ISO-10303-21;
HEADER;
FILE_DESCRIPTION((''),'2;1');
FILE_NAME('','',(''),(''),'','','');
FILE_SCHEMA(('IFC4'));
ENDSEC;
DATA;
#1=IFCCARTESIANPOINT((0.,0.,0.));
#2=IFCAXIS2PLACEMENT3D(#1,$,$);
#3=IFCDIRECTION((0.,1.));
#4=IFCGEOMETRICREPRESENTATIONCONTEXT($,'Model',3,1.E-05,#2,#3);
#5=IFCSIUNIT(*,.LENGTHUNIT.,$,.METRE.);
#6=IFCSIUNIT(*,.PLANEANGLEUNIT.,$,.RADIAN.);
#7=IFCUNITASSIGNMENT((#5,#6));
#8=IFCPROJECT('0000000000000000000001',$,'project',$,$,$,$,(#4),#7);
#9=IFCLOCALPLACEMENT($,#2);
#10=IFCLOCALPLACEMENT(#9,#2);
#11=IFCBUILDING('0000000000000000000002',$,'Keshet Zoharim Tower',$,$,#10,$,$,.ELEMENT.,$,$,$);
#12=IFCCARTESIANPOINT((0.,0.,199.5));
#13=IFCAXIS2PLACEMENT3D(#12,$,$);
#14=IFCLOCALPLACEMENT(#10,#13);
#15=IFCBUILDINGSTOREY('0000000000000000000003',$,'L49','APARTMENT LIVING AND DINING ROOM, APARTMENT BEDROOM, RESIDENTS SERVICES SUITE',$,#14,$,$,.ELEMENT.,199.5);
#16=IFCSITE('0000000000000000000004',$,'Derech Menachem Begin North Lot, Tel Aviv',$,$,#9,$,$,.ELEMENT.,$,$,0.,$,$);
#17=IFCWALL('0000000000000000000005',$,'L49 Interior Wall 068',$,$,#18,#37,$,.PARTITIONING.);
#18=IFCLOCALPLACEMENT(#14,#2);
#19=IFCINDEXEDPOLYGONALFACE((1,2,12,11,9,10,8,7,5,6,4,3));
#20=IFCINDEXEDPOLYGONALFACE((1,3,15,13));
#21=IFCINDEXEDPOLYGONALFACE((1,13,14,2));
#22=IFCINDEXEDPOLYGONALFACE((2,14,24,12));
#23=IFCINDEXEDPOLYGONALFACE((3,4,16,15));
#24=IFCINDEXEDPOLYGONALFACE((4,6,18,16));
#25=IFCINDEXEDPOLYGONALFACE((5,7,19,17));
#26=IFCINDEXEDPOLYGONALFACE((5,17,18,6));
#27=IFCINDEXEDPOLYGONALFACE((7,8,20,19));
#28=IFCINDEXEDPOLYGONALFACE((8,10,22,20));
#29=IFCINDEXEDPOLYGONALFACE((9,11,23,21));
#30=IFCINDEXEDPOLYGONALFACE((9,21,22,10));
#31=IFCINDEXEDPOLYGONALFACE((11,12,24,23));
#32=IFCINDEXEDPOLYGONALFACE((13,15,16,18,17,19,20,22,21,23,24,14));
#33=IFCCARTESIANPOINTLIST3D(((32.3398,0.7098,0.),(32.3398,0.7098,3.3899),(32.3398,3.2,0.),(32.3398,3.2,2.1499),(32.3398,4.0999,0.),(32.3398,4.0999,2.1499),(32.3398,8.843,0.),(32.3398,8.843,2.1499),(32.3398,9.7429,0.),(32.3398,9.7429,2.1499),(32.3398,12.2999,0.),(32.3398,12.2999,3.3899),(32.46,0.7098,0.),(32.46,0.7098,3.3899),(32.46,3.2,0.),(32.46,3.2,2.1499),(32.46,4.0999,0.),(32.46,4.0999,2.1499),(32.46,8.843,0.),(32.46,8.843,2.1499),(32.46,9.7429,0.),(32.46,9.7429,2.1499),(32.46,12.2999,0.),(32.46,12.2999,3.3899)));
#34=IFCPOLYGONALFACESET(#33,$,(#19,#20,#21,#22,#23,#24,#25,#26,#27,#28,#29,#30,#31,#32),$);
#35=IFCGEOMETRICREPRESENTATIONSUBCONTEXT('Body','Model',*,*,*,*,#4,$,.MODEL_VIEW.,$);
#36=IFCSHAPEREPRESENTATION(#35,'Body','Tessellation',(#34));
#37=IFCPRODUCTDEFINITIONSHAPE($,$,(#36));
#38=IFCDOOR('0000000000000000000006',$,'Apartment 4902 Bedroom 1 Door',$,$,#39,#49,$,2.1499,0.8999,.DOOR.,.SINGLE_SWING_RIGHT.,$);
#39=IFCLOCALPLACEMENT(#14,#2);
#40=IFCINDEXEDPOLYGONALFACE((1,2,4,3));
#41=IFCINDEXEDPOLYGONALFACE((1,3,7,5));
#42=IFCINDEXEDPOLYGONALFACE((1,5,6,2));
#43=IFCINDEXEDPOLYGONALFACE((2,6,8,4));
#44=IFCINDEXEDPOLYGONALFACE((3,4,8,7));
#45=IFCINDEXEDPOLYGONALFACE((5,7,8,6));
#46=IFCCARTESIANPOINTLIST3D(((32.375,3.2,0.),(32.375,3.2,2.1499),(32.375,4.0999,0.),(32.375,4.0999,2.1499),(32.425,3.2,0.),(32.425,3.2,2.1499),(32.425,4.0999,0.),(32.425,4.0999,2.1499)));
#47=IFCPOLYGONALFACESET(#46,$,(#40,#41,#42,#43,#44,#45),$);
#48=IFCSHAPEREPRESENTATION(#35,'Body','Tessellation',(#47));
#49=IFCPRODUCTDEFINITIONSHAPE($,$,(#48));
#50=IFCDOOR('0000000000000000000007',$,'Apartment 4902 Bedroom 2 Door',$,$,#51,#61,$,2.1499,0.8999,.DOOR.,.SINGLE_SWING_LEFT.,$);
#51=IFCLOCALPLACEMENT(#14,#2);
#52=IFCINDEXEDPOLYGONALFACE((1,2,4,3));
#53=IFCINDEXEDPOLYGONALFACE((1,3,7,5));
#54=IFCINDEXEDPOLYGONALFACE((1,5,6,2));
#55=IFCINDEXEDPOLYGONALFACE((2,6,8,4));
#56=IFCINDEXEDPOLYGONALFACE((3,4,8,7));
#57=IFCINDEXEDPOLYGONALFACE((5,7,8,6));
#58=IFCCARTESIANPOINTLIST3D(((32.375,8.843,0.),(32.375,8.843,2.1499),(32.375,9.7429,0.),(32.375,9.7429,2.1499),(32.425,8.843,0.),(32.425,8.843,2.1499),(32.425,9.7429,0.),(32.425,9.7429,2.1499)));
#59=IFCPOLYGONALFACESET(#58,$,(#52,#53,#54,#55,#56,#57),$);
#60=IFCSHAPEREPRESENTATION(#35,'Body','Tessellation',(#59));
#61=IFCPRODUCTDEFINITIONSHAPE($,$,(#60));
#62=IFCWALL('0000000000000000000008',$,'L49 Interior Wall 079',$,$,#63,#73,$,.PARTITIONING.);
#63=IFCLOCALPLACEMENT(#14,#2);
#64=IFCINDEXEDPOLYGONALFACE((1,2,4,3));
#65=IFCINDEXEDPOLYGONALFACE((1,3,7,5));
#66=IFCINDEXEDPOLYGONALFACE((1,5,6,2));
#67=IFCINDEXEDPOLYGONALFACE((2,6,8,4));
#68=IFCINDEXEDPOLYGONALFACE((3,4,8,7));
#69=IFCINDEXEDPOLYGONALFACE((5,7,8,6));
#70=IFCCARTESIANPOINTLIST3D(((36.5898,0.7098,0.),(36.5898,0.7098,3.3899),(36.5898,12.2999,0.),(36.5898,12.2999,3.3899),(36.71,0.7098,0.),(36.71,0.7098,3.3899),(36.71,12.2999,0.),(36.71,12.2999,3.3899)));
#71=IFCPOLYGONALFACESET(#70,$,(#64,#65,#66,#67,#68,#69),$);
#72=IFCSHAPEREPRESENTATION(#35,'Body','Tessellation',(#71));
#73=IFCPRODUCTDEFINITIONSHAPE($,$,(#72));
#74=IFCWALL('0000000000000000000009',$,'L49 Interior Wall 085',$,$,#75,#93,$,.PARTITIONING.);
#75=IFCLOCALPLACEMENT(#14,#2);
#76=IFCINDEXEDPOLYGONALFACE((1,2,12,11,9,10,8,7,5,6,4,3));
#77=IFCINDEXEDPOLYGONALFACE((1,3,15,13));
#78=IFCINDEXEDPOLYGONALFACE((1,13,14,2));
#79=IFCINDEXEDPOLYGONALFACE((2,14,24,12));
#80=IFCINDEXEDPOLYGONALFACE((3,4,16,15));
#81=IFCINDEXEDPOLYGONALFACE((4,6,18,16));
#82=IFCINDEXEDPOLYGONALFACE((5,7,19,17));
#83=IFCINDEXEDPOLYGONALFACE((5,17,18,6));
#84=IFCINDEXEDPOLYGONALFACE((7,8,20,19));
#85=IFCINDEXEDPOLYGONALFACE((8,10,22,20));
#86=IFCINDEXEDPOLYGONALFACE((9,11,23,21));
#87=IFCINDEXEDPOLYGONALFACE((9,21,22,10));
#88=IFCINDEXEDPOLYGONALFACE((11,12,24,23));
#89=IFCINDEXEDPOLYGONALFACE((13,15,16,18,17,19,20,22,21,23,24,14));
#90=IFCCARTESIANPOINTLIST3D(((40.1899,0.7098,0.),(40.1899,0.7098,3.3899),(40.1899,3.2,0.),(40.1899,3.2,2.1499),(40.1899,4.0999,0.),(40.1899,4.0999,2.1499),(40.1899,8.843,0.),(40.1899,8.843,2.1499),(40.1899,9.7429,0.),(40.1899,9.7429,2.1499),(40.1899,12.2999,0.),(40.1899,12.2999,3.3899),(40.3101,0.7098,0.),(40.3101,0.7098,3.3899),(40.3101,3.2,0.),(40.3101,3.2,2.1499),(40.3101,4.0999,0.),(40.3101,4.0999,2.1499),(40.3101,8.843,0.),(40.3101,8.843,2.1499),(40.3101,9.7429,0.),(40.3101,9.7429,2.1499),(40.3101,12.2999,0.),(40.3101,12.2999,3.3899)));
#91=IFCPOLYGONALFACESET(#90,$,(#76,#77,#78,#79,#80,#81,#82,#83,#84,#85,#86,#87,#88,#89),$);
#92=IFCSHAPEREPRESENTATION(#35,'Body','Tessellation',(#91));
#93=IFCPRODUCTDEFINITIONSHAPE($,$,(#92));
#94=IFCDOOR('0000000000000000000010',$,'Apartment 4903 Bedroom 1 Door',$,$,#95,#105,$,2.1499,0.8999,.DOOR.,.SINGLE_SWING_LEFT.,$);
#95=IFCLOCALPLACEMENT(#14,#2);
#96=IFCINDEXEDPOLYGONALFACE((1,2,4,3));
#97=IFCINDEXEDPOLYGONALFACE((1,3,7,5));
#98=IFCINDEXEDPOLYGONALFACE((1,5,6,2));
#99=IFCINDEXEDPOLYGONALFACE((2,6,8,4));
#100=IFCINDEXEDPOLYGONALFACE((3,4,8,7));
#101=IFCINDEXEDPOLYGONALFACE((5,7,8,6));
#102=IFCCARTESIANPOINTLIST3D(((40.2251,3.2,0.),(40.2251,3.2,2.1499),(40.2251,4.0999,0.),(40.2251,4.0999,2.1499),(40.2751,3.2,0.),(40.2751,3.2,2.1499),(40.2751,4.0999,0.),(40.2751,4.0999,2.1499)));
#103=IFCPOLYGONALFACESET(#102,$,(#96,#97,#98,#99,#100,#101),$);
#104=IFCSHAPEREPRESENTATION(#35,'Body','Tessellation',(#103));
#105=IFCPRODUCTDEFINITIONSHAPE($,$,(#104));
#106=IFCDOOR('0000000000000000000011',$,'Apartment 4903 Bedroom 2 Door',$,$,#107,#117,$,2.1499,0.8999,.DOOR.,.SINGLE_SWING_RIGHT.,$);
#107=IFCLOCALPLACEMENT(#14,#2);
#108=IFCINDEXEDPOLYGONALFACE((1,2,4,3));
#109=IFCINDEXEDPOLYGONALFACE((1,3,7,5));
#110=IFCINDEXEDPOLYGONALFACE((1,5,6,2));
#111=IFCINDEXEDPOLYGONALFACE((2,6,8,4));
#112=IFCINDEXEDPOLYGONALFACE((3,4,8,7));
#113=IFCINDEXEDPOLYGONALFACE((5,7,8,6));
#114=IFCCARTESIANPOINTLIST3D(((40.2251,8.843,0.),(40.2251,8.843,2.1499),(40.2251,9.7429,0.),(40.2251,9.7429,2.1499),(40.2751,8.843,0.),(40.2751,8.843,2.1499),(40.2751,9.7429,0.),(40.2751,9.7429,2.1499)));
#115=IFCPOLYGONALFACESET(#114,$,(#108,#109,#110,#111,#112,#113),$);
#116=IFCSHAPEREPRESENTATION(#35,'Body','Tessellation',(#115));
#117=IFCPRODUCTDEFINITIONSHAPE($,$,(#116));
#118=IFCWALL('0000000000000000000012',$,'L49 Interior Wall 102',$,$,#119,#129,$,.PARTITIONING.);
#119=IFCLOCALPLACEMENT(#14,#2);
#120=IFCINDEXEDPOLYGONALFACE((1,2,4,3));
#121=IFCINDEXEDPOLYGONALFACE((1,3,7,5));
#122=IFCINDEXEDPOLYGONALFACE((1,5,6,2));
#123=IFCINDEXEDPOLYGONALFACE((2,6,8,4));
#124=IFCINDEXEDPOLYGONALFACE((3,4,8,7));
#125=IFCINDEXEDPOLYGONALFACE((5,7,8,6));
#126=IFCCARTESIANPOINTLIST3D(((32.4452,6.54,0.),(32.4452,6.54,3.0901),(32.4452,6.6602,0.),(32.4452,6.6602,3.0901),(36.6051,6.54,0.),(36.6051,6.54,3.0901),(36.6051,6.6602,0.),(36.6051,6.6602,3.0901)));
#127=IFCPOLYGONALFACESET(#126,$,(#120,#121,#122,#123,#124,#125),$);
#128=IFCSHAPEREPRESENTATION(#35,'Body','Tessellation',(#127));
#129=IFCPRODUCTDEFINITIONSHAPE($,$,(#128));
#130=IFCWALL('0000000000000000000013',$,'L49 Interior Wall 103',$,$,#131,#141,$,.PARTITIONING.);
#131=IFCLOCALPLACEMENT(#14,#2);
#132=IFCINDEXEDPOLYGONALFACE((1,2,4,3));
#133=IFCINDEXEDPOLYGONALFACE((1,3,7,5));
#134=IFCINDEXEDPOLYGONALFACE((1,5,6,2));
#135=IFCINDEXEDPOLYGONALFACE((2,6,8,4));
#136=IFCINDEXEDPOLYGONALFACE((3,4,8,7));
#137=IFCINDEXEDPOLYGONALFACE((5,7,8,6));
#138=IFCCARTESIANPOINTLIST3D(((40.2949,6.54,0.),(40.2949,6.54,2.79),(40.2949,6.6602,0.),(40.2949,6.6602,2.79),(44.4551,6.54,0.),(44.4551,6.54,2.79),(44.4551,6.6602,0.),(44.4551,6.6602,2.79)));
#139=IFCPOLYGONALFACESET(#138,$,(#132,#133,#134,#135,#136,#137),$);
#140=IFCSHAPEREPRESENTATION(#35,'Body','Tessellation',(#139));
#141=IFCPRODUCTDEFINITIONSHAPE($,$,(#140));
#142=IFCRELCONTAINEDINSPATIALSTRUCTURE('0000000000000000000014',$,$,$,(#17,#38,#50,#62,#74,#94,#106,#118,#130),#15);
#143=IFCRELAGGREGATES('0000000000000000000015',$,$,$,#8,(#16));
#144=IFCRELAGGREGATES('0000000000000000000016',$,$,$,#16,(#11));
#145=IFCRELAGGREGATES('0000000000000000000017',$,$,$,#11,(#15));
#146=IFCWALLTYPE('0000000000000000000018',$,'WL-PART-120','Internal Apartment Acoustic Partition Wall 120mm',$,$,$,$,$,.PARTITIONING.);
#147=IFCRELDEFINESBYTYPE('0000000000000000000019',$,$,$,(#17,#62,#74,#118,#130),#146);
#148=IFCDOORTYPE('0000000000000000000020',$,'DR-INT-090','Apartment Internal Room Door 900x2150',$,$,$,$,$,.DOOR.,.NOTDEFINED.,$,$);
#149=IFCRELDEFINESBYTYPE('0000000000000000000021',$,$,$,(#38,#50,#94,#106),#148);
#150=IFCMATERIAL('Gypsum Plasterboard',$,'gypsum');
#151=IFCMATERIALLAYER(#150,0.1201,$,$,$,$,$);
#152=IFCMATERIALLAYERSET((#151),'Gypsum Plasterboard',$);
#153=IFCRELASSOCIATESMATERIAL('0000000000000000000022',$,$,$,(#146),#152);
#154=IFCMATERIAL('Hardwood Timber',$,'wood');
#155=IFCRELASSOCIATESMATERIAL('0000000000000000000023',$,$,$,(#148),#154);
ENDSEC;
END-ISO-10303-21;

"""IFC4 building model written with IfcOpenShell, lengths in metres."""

from ifc_helpers import new_model, si_unit, direction, frame, frame_2d, origin, place, context, subcontext, project, spatial, rectangle, extrude, material, layer, layer_set, type_object, element, fill, save


model = new_model("IFC4")

# Units and contexts
model_context = context("Model", 3, precision=1e-05, world=origin(), true_north=direction((0.0, 1.0)))
body_context = subcontext(model_context, "Body", "Model", "MODEL_VIEW")
ifc_project = project(units=[si_unit("LENGTHUNIT", "METRE"), si_unit("PLANEANGLEUNIT", "RADIAN")], contexts=[model_context])

# Site, building, storey
site_placement = place(None, origin())
site = spatial("IfcSite", under=ifc_project, at=site_placement, Name="Derech Menachem Begin North Lot, Tel Aviv", CompositionType="ELEMENT", RefElevation=0.0)
building_placement = place(site_placement, origin())
building = spatial("IfcBuilding", under=site, at=building_placement, Name="Keshet Zoharim Tower", CompositionType="ELEMENT")
storey_placement = place(building_placement, frame((0.0, 0.0, 199.5)))
storey = spatial("IfcBuildingStorey", under=building, at=storey_placement, Name="L49", Description="APARTMENT LIVING AND DINING ROOM, APARTMENT BEDROOM, RESIDENTS SERVICES SUITE", CompositionType="ELEMENT", Elevation=199.5)

# Shared definitions
ifc_material_1 = material(Name="Gypsum Plasterboard", Category="gypsum")
ifc_layer_1 = layer(ifc_material_1, 0.1201)
ifc_layer_set_1 = layer_set([ifc_layer_1], Name="Gypsum Plasterboard")
wall_type = type_object("IfcWallType", Name="WL-PART-120", Description="Internal Apartment Acoustic Partition Wall 120mm", PredefinedType="PARTITIONING", material=ifc_layer_set_1)

# Wall, openings, doors
wall_1_placement = place(storey_placement, frame((32.3999, 0.71, 0.0), z_axis=(0.0, 0.0, 1.0), x_axis=(0.0, 1.0, 0.0)))
wall_1 = element("IfcWall", 1, at=wall_1_placement, inside=storey, type_object=wall_type, Name="L49 Interior Wall 068", PredefinedType="PARTITIONING", context=body_context, shape_type="SweptSolid", body=[
    extrude(rectangle(XDim=11.5901, YDim=0.1201, at=frame_2d((5.7949, 0.0))), origin(), (0.0, 0.0, 1.0), 3.3899),
])
opening_1_placement = place(wall_1_placement, frame((2.49, 0.0, 0.0)))
opening_1 = element("IfcOpeningElement", 2, at=opening_1_placement, cuts=wall_1, PredefinedType="OPENING", context=body_context, shape_type="SweptSolid", body=[
    extrude(rectangle(XDim=0.8999, YDim=2.1499, at=frame_2d((0.45, 1.075))), frame((0.0, 0.0701, 0.0), z_axis=(0.0, -1.0, 0.0), x_axis=(1.0, 0.0, 0.0)), (0.0, 0.0, 1.0), 0.1401),
])
opening_2_placement = place(wall_1_placement, frame((8.1331, 0.0, 0.0)))
opening_2 = element("IfcOpeningElement", 3, at=opening_2_placement, cuts=wall_1, PredefinedType="OPENING", context=body_context, shape_type="SweptSolid", body=[
    extrude(rectangle(XDim=0.8999, YDim=2.1499, at=frame_2d((0.45, 1.075))), frame((0.0, 0.0701, 0.0), z_axis=(0.0, -1.0, 0.0), x_axis=(1.0, 0.0, 0.0)), (0.0, 0.0, 1.0), 0.1401),
])
ifc_material_2 = material(Name="Hardwood Timber", Category="wood")
door_type = type_object("IfcDoorType", Name="DR-INT-090", Description="Apartment Internal Room Door 900x2150", OperationType="NOTDEFINED", PredefinedType="DOOR", material=ifc_material_2)
door_1_placement = place(opening_1_placement, origin())
door_1 = element("IfcDoor", 4, at=door_1_placement, inside=storey, type_object=door_type, Name="Apartment 4902 Bedroom 1 Door", OperationType="SINGLE_SWING_RIGHT", OverallHeight=2.1499, OverallWidth=0.8999, PredefinedType="DOOR", context=body_context, shape_type="SweptSolid", body=[
    extrude(rectangle(XDim=0.8999, YDim=2.1499, at=frame_2d((0.45, 1.075))), frame((0.0, 0.0249, 0.0), z_axis=(0.0, -1.0, 0.0), x_axis=(1.0, 0.0, 0.0)), (0.0, 0.0, 1.0), 0.05),
])
fill(opening_1, door_1)
door_2_placement = place(opening_2_placement, origin())
door_2 = element("IfcDoor", 5, at=door_2_placement, inside=storey, type_object=door_type, Name="Apartment 4902 Bedroom 2 Door", OperationType="SINGLE_SWING_LEFT", OverallHeight=2.1499, OverallWidth=0.8999, PredefinedType="DOOR", context=body_context, shape_type="SweptSolid", body=[
    extrude(rectangle(XDim=0.8999, YDim=2.1499, at=frame_2d((0.45, 1.075))), frame((0.0, 0.0249, 0.0), z_axis=(0.0, -1.0, 0.0), x_axis=(1.0, 0.0, 0.0)), (0.0, 0.0, 1.0), 0.05),
])
fill(opening_2, door_2)

# Wall
wall_2_placement = place(storey_placement, frame((36.6499, 0.71, 0.0), z_axis=(0.0, 0.0, 1.0), x_axis=(0.0, 1.0, 0.0)))
element("IfcWall", 6, at=wall_2_placement, inside=storey, type_object=wall_type, Name="L49 Interior Wall 079", PredefinedType="PARTITIONING", context=body_context, shape_type="SweptSolid", body=[
    extrude(rectangle(XDim=11.5901, YDim=0.1201, at=frame_2d((5.7949, 0.0))), origin(), (0.0, 0.0, 1.0), 3.3899),
])

# Wall, openings, doors
wall_3_placement = place(storey_placement, frame((40.25, 0.71, 0.0), z_axis=(0.0, 0.0, 1.0), x_axis=(0.0, 1.0, 0.0)))
wall_3 = element("IfcWall", 7, at=wall_3_placement, inside=storey, type_object=wall_type, Name="L49 Interior Wall 085", PredefinedType="PARTITIONING", context=body_context, shape_type="SweptSolid", body=[
    extrude(rectangle(XDim=11.5901, YDim=0.1201, at=frame_2d((5.7949, 0.0))), origin(), (0.0, 0.0, 1.0), 3.3899),
])
opening_3_placement = place(wall_3_placement, frame((2.49, 0.0, 0.0)))
opening_3 = element("IfcOpeningElement", 8, at=opening_3_placement, cuts=wall_3, PredefinedType="OPENING", context=body_context, shape_type="SweptSolid", body=[
    extrude(rectangle(XDim=0.8999, YDim=2.1499, at=frame_2d((0.45, 1.075))), frame((0.0, 0.0701, 0.0), z_axis=(0.0, -1.0, 0.0), x_axis=(1.0, 0.0, 0.0)), (0.0, 0.0, 1.0), 0.1401),
])
opening_4_placement = place(wall_3_placement, frame((8.1331, 0.0, 0.0)))
opening_4 = element("IfcOpeningElement", 9, at=opening_4_placement, cuts=wall_3, PredefinedType="OPENING", context=body_context, shape_type="SweptSolid", body=[
    extrude(rectangle(XDim=0.8999, YDim=2.1499, at=frame_2d((0.45, 1.075))), frame((0.0, 0.0701, 0.0), z_axis=(0.0, -1.0, 0.0), x_axis=(1.0, 0.0, 0.0)), (0.0, 0.0, 1.0), 0.1401),
])
door_3_placement = place(opening_3_placement, origin())
door_3 = element("IfcDoor", 10, at=door_3_placement, inside=storey, type_object=door_type, Name="Apartment 4903 Bedroom 1 Door", OperationType="SINGLE_SWING_LEFT", OverallHeight=2.1499, OverallWidth=0.8999, PredefinedType="DOOR", context=body_context, shape_type="SweptSolid", body=[
    extrude(rectangle(XDim=0.8999, YDim=2.1499, at=frame_2d((0.45, 1.075))), frame((0.0, 0.0249, 0.0), z_axis=(0.0, -1.0, 0.0), x_axis=(1.0, 0.0, 0.0)), (0.0, 0.0, 1.0), 0.05),
])
fill(opening_3, door_3)
door_4_placement = place(opening_4_placement, origin())
door_4 = element("IfcDoor", 11, at=door_4_placement, inside=storey, type_object=door_type, Name="Apartment 4903 Bedroom 2 Door", OperationType="SINGLE_SWING_RIGHT", OverallHeight=2.1499, OverallWidth=0.8999, PredefinedType="DOOR", context=body_context, shape_type="SweptSolid", body=[
    extrude(rectangle(XDim=0.8999, YDim=2.1499, at=frame_2d((0.45, 1.075))), frame((0.0, 0.0249, 0.0), z_axis=(0.0, -1.0, 0.0), x_axis=(1.0, 0.0, 0.0)), (0.0, 0.0, 1.0), 0.05),
])
fill(opening_4, door_4)

# Walls
wall_4_placement = place(storey_placement, frame((32.4451, 6.6001, 0.0), z_axis=(0.0, 0.0, 1.0), x_axis=(1.0, 0.0, 0.0)))
element("IfcWall", 12, at=wall_4_placement, inside=storey, type_object=wall_type, Name="L49 Interior Wall 102", PredefinedType="PARTITIONING", context=body_context, shape_type="SweptSolid", body=[
    extrude(rectangle(XDim=4.1599, YDim=0.1201, at=frame_2d((2.0801, 0.0))), origin(), (0.0, 0.0, 1.0), 3.0901),
])
wall_5_placement = place(storey_placement, frame((40.2949, 6.6001, 0.0), z_axis=(0.0, 0.0, 1.0), x_axis=(1.0, 0.0, 0.0)))
element("IfcWall", 13, at=wall_5_placement, inside=storey, type_object=wall_type, Name="L49 Interior Wall 103", PredefinedType="PARTITIONING", context=body_context, shape_type="SweptSolid", body=[
    extrude(rectangle(XDim=4.1602, YDim=0.1201, at=frame_2d((2.0801, 0.0))), origin(), (0.0, 0.0, 1.0), 2.79),
])

save(model, "model.ifc")
